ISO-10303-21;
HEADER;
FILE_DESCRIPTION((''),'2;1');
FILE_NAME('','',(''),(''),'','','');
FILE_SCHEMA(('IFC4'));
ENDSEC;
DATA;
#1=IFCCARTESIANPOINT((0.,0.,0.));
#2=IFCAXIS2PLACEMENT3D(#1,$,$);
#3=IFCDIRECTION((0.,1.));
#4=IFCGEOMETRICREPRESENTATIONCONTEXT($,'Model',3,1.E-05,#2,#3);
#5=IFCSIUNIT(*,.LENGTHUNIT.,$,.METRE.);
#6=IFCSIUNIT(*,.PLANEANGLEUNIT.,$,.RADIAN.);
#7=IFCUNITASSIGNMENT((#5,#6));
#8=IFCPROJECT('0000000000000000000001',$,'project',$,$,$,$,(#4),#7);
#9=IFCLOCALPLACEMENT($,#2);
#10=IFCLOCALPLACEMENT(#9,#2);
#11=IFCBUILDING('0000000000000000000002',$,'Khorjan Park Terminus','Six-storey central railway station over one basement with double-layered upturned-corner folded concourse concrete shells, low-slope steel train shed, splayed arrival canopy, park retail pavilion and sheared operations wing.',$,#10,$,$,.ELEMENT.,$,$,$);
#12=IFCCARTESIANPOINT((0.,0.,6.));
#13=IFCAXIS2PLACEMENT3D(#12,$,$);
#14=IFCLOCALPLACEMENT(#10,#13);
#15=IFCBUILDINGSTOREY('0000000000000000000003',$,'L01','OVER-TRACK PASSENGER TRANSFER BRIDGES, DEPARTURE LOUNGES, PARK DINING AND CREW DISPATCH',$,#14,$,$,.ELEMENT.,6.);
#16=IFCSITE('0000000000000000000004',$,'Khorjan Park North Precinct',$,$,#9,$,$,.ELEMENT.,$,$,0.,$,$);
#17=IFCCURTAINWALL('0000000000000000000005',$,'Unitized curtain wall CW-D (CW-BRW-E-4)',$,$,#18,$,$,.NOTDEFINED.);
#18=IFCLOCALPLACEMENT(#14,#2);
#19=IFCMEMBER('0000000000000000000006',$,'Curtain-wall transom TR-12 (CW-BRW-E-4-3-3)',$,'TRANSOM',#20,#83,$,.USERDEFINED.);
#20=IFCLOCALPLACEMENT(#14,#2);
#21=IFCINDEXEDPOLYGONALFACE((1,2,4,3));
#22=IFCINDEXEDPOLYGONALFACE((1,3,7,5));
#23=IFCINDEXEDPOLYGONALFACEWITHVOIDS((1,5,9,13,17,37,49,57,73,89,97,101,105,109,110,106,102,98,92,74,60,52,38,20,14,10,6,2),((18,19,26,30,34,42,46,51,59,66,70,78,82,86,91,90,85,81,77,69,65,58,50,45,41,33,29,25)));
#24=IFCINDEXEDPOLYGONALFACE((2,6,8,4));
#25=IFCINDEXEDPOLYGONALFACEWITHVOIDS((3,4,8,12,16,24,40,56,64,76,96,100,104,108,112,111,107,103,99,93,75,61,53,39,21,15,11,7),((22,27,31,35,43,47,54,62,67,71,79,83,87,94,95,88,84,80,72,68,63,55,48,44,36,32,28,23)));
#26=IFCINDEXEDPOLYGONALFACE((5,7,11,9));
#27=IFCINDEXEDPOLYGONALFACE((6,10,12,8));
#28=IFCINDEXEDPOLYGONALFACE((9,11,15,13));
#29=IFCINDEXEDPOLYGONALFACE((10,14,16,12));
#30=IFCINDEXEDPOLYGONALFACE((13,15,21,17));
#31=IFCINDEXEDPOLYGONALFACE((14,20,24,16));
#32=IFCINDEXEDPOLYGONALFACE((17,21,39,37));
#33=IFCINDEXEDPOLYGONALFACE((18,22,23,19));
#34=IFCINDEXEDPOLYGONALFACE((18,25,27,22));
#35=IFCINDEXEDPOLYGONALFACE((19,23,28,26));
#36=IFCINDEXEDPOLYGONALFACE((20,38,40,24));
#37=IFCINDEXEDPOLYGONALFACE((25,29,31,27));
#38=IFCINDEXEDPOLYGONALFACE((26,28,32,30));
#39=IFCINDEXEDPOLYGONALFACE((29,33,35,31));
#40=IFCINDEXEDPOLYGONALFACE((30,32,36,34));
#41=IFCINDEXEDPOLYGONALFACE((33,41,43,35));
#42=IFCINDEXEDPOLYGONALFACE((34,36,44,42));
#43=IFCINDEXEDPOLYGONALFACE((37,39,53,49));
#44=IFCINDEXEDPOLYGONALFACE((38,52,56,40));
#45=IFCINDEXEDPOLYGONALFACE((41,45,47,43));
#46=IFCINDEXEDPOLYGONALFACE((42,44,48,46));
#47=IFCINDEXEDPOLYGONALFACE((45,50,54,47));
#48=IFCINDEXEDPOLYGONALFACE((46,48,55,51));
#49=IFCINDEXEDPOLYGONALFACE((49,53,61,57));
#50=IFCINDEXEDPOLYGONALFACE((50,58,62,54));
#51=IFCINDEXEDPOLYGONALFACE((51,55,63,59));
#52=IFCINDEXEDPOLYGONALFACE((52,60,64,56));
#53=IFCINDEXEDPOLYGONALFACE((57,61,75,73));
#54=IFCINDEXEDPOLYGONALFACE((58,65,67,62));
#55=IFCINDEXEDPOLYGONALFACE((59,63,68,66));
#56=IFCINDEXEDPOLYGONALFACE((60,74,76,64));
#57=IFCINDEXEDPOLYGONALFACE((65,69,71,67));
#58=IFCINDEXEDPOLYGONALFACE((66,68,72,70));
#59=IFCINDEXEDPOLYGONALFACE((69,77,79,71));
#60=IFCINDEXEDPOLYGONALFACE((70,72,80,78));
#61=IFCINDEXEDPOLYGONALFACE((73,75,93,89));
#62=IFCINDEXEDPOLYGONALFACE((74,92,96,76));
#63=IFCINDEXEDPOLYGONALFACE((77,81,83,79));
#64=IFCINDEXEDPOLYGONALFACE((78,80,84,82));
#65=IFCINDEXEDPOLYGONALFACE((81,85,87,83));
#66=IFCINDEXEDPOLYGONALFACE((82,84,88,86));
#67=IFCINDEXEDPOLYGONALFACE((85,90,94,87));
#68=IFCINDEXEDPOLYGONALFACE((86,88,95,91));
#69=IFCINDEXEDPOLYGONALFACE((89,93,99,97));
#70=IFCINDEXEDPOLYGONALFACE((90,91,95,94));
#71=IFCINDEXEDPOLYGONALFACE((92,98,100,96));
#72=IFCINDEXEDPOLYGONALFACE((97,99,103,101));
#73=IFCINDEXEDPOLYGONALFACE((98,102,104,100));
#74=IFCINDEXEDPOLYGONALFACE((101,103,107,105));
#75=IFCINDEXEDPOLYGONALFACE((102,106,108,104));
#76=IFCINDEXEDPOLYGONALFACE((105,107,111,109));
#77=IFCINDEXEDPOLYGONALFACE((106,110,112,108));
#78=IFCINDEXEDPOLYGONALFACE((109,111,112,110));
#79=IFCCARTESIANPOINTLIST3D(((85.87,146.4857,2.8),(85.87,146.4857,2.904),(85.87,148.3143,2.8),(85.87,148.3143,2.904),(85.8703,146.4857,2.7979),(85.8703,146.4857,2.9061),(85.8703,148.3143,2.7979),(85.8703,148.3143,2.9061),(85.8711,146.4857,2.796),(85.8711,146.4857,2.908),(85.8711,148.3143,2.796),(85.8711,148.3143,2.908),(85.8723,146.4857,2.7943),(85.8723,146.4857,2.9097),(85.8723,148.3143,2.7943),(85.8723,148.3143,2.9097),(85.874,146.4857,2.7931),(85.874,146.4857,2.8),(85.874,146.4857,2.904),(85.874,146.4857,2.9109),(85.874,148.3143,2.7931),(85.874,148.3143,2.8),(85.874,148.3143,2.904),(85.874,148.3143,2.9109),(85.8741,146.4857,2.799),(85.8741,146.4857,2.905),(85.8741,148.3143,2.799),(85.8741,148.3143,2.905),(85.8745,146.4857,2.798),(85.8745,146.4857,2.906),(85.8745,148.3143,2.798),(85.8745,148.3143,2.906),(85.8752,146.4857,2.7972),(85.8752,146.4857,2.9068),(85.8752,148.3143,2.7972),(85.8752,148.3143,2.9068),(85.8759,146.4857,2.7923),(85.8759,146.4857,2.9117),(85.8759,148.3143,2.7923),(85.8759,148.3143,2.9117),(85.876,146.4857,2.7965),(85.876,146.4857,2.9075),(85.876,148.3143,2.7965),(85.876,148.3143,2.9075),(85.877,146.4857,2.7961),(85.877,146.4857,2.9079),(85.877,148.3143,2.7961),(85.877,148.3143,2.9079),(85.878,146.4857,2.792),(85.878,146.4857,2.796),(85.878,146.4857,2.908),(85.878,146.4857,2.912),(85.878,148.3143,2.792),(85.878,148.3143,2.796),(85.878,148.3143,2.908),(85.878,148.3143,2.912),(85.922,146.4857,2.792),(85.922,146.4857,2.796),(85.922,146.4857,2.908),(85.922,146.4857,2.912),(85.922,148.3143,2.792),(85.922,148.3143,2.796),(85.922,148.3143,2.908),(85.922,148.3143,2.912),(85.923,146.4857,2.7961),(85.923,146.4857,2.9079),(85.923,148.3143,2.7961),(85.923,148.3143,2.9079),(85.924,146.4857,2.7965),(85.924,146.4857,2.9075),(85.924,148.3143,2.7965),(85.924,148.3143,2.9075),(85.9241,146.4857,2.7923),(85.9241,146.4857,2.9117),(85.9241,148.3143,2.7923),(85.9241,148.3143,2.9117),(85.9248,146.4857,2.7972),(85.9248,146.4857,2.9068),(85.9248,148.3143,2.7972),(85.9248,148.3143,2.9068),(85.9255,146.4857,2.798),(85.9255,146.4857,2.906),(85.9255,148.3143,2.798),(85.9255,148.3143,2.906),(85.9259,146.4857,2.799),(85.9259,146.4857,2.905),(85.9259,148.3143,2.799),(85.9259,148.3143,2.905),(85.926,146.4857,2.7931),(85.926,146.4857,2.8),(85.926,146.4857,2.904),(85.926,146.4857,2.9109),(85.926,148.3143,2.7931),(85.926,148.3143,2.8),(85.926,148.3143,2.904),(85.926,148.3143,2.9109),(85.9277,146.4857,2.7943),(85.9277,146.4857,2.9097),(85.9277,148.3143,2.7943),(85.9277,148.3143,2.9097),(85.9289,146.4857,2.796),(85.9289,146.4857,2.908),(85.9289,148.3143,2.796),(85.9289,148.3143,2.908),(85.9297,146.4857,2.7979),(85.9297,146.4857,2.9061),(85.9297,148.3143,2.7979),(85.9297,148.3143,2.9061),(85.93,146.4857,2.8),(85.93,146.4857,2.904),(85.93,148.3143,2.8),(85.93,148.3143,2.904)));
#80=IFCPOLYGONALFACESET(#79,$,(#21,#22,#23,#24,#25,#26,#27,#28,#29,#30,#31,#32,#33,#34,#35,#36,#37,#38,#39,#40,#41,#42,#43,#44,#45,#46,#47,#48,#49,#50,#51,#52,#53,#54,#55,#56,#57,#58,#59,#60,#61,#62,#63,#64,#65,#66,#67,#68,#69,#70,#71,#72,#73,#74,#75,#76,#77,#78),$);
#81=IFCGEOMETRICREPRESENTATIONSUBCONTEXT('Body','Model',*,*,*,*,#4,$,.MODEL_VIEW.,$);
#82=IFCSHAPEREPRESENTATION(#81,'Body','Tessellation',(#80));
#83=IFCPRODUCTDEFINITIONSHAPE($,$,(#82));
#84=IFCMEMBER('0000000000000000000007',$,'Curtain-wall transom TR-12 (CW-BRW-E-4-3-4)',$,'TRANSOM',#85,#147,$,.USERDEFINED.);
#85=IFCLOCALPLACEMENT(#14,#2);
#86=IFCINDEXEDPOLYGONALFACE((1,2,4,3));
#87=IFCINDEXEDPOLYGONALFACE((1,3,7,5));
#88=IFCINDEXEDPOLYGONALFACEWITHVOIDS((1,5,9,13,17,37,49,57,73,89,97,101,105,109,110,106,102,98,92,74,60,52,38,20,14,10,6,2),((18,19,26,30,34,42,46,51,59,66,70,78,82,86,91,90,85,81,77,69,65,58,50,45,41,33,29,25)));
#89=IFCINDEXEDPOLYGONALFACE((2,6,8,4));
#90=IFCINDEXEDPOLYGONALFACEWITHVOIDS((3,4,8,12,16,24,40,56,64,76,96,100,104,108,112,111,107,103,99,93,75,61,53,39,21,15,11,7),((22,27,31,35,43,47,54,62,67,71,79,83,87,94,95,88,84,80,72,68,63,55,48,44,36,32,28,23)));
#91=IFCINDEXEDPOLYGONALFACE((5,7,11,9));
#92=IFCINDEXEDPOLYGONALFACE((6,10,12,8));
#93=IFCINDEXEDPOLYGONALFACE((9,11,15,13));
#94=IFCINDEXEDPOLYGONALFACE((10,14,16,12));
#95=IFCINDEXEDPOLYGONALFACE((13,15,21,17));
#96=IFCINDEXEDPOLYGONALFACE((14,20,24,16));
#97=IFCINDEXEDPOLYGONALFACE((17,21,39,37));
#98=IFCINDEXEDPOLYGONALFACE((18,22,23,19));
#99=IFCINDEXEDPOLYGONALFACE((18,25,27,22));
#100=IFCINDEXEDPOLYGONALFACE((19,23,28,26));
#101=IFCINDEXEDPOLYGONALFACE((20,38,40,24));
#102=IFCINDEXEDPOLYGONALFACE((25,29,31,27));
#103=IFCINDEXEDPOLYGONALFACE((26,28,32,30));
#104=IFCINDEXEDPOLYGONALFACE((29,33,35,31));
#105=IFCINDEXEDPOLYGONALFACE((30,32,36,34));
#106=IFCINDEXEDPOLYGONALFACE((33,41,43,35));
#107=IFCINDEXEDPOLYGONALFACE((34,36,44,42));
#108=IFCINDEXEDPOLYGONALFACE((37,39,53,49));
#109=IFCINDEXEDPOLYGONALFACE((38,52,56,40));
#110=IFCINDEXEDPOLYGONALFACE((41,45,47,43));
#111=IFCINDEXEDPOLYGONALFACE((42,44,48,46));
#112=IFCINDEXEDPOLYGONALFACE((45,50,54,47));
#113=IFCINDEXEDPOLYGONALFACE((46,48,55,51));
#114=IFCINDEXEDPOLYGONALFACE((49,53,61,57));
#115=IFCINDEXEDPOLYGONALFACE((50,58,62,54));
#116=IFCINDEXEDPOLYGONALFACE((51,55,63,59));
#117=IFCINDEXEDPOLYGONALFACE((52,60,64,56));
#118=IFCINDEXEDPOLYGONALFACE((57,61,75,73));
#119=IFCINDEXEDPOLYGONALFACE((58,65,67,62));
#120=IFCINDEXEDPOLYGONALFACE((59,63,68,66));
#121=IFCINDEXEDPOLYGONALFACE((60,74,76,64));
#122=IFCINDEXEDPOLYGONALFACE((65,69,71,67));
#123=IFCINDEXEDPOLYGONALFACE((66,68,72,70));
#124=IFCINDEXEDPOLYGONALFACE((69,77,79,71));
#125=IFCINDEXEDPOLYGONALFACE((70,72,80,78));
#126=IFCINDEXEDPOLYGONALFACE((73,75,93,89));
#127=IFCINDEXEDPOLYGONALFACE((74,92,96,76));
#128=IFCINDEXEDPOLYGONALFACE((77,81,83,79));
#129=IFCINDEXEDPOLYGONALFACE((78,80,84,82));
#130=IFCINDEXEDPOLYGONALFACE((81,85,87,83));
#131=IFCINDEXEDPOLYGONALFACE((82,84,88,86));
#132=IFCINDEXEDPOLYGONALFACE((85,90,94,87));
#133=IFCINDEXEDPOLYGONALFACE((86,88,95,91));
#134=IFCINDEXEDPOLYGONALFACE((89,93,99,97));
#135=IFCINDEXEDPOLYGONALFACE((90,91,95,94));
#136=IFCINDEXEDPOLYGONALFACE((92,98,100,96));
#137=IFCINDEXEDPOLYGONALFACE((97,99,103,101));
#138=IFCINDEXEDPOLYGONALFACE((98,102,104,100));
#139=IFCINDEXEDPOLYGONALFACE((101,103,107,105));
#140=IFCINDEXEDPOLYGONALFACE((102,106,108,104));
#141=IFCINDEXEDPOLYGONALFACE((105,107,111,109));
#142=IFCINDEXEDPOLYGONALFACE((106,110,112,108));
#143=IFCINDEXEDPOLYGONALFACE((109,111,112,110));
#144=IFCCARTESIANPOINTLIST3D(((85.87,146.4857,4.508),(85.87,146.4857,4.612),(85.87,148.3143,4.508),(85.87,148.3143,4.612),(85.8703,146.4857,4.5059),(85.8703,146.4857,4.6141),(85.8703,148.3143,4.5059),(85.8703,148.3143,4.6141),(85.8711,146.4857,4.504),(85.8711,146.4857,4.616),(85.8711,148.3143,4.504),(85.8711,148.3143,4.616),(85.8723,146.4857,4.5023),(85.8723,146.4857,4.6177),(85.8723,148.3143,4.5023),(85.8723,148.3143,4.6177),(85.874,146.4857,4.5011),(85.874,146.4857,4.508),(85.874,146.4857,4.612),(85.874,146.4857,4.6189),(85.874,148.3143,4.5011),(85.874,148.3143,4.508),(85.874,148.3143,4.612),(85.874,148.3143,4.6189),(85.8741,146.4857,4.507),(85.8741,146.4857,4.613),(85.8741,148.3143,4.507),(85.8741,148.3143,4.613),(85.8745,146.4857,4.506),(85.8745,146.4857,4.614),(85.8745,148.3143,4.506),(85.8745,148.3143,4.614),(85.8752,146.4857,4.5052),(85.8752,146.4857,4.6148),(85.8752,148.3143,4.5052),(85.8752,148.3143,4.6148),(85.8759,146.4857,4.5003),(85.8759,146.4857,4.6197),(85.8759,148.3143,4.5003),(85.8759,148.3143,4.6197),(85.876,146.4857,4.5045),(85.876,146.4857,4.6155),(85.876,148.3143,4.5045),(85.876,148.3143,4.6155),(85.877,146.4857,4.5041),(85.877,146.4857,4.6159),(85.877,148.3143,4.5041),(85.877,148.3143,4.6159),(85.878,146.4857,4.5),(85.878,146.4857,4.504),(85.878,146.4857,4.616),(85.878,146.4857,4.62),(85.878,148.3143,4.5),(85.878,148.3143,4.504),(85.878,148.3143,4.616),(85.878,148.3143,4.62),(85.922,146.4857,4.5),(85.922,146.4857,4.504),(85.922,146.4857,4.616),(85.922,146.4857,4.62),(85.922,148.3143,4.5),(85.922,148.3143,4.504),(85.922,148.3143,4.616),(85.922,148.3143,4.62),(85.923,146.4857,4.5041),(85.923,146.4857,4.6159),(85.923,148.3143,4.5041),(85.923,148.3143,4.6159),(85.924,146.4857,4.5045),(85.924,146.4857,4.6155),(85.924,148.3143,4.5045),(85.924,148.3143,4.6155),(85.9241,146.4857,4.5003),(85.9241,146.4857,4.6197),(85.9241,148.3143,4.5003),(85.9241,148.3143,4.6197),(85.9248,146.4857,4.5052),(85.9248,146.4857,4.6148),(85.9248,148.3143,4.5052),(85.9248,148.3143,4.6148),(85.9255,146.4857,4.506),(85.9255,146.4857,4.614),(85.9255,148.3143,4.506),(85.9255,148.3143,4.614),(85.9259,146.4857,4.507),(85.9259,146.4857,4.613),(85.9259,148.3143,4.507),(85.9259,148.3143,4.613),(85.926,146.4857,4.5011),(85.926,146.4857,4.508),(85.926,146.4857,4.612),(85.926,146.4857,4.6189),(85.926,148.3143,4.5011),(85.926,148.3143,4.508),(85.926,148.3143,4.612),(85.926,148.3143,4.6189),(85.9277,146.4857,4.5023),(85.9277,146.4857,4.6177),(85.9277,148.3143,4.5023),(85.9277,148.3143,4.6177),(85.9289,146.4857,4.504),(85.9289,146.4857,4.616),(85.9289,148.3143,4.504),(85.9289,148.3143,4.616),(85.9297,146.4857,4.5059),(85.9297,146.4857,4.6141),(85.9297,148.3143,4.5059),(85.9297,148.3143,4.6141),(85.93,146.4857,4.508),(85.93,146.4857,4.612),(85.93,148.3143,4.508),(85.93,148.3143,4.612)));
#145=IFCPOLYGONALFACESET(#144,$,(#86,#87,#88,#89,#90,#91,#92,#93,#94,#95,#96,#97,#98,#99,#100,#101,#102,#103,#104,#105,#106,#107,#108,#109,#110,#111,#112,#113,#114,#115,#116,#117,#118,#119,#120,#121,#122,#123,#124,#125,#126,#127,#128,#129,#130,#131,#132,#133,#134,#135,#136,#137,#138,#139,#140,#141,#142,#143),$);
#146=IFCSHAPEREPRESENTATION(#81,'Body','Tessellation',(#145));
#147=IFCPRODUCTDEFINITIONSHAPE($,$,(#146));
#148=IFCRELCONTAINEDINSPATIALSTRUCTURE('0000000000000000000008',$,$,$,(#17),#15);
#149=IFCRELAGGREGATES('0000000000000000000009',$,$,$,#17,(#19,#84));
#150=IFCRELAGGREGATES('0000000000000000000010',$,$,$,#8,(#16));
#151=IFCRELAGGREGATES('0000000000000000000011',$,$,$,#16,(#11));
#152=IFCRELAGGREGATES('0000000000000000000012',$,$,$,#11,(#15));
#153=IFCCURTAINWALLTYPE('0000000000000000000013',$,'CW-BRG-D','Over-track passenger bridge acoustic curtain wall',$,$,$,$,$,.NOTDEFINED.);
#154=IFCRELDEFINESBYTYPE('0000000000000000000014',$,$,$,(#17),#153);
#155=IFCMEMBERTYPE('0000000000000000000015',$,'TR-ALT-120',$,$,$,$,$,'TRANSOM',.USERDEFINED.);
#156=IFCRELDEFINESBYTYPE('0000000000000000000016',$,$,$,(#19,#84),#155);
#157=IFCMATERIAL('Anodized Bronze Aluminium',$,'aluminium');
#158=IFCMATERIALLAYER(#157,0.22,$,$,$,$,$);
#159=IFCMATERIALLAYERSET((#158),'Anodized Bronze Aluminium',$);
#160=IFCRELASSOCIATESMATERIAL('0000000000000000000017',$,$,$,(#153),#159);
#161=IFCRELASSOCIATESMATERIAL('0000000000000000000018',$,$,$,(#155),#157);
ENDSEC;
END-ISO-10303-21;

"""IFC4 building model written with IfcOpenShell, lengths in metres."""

from ifc_helpers import new_model, si_unit, direction, frame, origin, origin_2d, place, context, subcontext, project, spatial, hollow_rectangle, extrude, material, layer, layer_set, material_profile, profile_set, type_object, element, aggregate, save


model = new_model("IFC4")

# Units and contexts
model_context = context("Model", 3, precision=1e-05, world=origin(), true_north=direction((0.0, 1.0)))
body_context = subcontext(model_context, "Body", "Model", "MODEL_VIEW")
ifc_project = project(units=[si_unit("LENGTHUNIT", "METRE"), si_unit("PLANEANGLEUNIT", "RADIAN")], contexts=[model_context])

# Site, building, storey
site_placement = place(None, origin())
site = spatial("IfcSite", under=ifc_project, at=site_placement, Name="Khorjan Park North Precinct", CompositionType="ELEMENT", RefElevation=0.0)
building_placement = place(site_placement, origin())
building = spatial("IfcBuilding", under=site, at=building_placement, Name="Khorjan Park Terminus", Description="Six-storey central railway station over one basement with double-layered upturned-corner folded concourse concrete shells, low-slope steel train shed, splayed arrival canopy, park retail pavilion and sheared operations wing.", CompositionType="ELEMENT")
storey_placement = place(building_placement, frame((0.0, 0.0, 6.0)))
storey = spatial("IfcBuildingStorey", under=building, at=storey_placement, Name="L01", Description="OVER-TRACK PASSENGER TRANSFER BRIDGES, DEPARTURE LOUNGES, PARK DINING AND CREW DISPATCH", CompositionType="ELEMENT", Elevation=6.0)

# Curtain wall, members
ifc_material_1 = material(Name="Anodized Bronze Aluminium", Category="aluminium")
ifc_layer_1 = layer(ifc_material_1, 0.22)
ifc_layer_set_1 = layer_set([ifc_layer_1], Name="Anodized Bronze Aluminium")
curtain_wall_type = type_object("IfcCurtainWallType", Name="CW-BRG-D", Description="Over-track passenger bridge acoustic curtain wall", PredefinedType="NOTDEFINED", material=ifc_layer_set_1)
curtain_wall_placement = place(storey_placement, origin())
curtain_wall = element("IfcCurtainWall", 1, at=curtain_wall_placement, inside=storey, type_object=curtain_wall_type, Name="Unitized curtain wall CW-D (CW-BRW-E-4)", PredefinedType="NOTDEFINED")
ifc_material_profile_1 = material_profile(ifc_material_1, hollow_rectangle(XDim=0.06, YDim=0.12, WallThickness=0.004, InnerFilletRadius=0.004, OuterFilletRadius=0.008, at=origin_2d()), Name="ALT 60x120x4")
ifc_profile_set_1 = profile_set([ifc_material_profile_1], Name="Anodized Bronze Aluminium")
member_type_1 = type_object("IfcMemberType", Name="TR-ALT-120", ElementType="TRANSOM", PredefinedType="USERDEFINED", material=ifc_profile_set_1)
member_1_placement = place(storey_placement, frame((85.9, 146.4857, 2.852), z_axis=(0.0, 1.0, 0.0), x_axis=(-1.0, 0.0, 0.0)))
member_1 = element("IfcMember", 2, at=member_1_placement, type_object=member_type_1, Name="Curtain-wall transom TR-12 (CW-BRW-E-4-3-3)", ObjectType="TRANSOM", PredefinedType="USERDEFINED", context=body_context, shape_type="SweptSolid", body=[
    extrude(hollow_rectangle(XDim=0.06, YDim=0.12, WallThickness=0.004, InnerFilletRadius=0.004, OuterFilletRadius=0.008, at=origin_2d()), origin(), (0.0, 0.0, 1.0), 1.8286),
])
member_2_placement = place(storey_placement, frame((85.9, 146.4857, 4.56), z_axis=(0.0, 1.0, 0.0), x_axis=(-1.0, 0.0, 0.0)))
member_2 = element("IfcMember", 3, at=member_2_placement, type_object=member_type_1, Name="Curtain-wall transom TR-12 (CW-BRW-E-4-3-4)", ObjectType="TRANSOM", PredefinedType="USERDEFINED", context=body_context, shape_type="SweptSolid", body=[
    extrude(hollow_rectangle(XDim=0.06, YDim=0.12, WallThickness=0.004, InnerFilletRadius=0.004, OuterFilletRadius=0.008, at=origin_2d()), origin(), (0.0, 0.0, 1.0), 1.8286),
])
aggregate(curtain_wall, [member_1, member_2])

save(model, "model.ifc")
